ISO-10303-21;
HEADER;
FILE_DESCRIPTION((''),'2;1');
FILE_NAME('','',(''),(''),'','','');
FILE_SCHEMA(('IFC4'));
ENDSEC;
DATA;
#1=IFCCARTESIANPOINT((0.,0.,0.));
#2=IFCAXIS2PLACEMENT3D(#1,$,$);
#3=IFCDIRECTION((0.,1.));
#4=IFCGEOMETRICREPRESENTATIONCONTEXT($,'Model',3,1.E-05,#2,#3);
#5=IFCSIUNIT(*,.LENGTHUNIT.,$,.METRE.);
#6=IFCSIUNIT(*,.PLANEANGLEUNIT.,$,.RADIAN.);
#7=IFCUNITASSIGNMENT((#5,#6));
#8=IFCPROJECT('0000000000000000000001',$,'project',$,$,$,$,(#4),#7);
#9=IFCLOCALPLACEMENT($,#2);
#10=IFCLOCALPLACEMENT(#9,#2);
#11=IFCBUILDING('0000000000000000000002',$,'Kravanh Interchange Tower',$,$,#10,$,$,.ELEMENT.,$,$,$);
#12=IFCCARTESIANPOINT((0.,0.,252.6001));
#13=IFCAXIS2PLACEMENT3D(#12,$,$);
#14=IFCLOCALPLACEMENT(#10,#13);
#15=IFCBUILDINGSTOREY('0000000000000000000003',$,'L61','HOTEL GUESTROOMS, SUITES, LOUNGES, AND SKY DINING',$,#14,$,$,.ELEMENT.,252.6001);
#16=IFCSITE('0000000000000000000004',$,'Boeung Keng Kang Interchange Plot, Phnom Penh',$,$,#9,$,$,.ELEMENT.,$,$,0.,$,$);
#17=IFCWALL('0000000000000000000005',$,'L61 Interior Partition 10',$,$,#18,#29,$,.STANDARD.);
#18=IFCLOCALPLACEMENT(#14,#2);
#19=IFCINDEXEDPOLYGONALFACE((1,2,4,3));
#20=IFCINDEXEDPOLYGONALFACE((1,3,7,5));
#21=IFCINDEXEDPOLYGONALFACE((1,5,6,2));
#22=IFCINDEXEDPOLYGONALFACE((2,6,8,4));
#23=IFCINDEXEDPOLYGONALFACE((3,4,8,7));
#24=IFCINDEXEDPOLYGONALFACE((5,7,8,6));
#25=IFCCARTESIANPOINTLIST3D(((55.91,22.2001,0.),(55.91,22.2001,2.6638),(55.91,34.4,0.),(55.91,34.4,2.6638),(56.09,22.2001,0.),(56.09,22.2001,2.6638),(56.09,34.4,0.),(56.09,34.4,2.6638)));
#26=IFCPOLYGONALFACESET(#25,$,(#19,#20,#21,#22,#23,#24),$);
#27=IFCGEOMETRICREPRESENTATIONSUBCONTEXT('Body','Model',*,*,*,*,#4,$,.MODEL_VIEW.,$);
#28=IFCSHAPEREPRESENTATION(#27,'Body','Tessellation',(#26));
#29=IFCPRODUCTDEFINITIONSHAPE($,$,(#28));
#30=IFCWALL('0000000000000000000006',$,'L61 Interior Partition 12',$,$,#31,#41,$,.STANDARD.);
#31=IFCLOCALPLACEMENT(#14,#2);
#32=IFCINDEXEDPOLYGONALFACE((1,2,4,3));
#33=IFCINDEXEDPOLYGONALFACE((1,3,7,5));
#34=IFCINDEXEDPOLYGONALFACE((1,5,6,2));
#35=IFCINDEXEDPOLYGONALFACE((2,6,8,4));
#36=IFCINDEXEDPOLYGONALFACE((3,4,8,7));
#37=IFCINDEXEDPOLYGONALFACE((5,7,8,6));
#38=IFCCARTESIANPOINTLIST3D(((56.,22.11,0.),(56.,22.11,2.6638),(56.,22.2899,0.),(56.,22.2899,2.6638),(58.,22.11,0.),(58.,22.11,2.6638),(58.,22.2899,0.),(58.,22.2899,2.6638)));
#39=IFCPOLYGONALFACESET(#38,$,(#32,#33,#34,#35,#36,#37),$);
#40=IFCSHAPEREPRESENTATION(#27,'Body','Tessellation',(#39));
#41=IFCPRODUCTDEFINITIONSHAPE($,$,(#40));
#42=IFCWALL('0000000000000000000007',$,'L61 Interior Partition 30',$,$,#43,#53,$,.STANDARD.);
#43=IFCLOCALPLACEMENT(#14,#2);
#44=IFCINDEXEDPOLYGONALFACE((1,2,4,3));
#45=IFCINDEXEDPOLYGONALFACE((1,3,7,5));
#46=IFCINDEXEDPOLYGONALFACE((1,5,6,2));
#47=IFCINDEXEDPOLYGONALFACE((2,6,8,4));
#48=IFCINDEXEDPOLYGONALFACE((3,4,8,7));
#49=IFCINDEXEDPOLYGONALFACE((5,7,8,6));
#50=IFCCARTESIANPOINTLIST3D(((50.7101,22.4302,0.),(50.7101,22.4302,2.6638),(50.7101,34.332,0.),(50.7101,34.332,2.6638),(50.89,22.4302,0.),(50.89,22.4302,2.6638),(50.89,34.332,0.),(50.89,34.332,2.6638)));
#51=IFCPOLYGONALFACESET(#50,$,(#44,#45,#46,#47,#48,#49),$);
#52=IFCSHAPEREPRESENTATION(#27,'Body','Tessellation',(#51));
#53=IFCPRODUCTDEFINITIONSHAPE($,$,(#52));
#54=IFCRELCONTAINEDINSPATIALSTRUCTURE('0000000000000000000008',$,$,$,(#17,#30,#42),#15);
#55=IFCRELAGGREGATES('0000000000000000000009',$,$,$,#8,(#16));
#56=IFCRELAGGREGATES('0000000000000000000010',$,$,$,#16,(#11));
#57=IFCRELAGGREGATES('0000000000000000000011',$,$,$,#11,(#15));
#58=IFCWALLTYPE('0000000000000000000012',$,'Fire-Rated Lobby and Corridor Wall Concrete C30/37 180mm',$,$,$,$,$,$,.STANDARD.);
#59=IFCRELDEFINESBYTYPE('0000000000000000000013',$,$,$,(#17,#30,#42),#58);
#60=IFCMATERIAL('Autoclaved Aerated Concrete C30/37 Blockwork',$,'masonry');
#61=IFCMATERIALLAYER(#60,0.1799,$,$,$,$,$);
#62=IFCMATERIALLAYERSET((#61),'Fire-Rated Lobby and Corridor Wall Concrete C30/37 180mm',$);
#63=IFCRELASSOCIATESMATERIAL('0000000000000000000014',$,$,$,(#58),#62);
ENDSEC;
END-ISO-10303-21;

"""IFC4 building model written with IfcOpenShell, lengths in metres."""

from ifc_helpers import new_model, si_unit, direction, frame, frame_2d, origin, place, context, subcontext, project, spatial, rectangle, extrude, material, layer, layer_set, type_object, element, save


model = new_model("IFC4")

# Units and contexts
model_context = context("Model", 3, precision=1e-05, world=origin(), true_north=direction((0.0, 1.0)))
body_context = subcontext(model_context, "Body", "Model", "MODEL_VIEW")
ifc_project = project(units=[si_unit("LENGTHUNIT", "METRE"), si_unit("PLANEANGLEUNIT", "RADIAN")], contexts=[model_context])

# Site, building, storey
site_placement = place(None, origin())
site = spatial("IfcSite", under=ifc_project, at=site_placement, Name="Boeung Keng Kang Interchange Plot, Phnom Penh", CompositionType="ELEMENT", RefElevation=0.0)
building_placement = place(site_placement, origin())
building = spatial("IfcBuilding", under=site, at=building_placement, Name="Kravanh Interchange Tower", CompositionType="ELEMENT")
storey_placement = place(building_placement, frame((0.0, 0.0, 252.6001)))
storey = spatial("IfcBuildingStorey", under=building, at=storey_placement, Name="L61", Description="HOTEL GUESTROOMS, SUITES, LOUNGES, AND SKY DINING", CompositionType="ELEMENT", Elevation=252.6001)

# Wall
ifc_material_1 = material(Name="Autoclaved Aerated Concrete C30/37 Blockwork", Category="masonry")
ifc_layer_1 = layer(ifc_material_1, 0.1799)
ifc_layer_set_1 = layer_set([ifc_layer_1], Name="Fire-Rated Lobby and Corridor Wall Concrete C30/37 180mm")
wall_type_1 = type_object("IfcWallType", Name="Fire-Rated Lobby and Corridor Wall Concrete C30/37 180mm", PredefinedType="STANDARD", material=ifc_layer_set_1)
wall_1_placement = place(storey_placement, frame((56.0, 22.2, 0.0), z_axis=(0.0, 0.0, 1.0), x_axis=(0.0, 1.0, 0.0)))
element("IfcWall", 1, at=wall_1_placement, inside=storey, type_object=wall_type_1, Name="L61 Interior Partition 10", PredefinedType="STANDARD", context=body_context, shape_type="SweptSolid", body=[
    extrude(rectangle(XDim=12.2, YDim=0.1799, at=frame_2d((6.1001, 0.0))), origin(), (0.0, 0.0, 1.0), 2.6638),
])

# Walls
wall_2_placement = place(storey_placement, frame((56.0, 22.2, 0.0), z_axis=(0.0, 0.0, 1.0), x_axis=(1.0, 0.0, 0.0)))
element("IfcWall", 2, at=wall_2_placement, inside=storey, type_object=wall_type_1, Name="L61 Interior Partition 12", PredefinedType="STANDARD", context=body_context, shape_type="SweptSolid", body=[
    extrude(rectangle(XDim=2.0, YDim=0.1799, at=frame_2d((1.0, 0.0))), origin(), (0.0, 0.0, 1.0), 2.6638),
])
wall_3_placement = place(storey_placement, frame((50.8, 22.4302, 0.0), z_axis=(0.0, 0.0, 1.0), x_axis=(0.0, 1.0, 0.0)))
element("IfcWall", 3, at=wall_3_placement, inside=storey, type_object=wall_type_1, Name="L61 Interior Partition 30", PredefinedType="STANDARD", context=body_context, shape_type="SweptSolid", body=[
    extrude(rectangle(XDim=11.9019, YDim=0.1799, at=frame_2d((5.9509, 0.0))), origin(), (0.0, 0.0, 1.0), 2.6638),
])

save(model, "model.ifc")
